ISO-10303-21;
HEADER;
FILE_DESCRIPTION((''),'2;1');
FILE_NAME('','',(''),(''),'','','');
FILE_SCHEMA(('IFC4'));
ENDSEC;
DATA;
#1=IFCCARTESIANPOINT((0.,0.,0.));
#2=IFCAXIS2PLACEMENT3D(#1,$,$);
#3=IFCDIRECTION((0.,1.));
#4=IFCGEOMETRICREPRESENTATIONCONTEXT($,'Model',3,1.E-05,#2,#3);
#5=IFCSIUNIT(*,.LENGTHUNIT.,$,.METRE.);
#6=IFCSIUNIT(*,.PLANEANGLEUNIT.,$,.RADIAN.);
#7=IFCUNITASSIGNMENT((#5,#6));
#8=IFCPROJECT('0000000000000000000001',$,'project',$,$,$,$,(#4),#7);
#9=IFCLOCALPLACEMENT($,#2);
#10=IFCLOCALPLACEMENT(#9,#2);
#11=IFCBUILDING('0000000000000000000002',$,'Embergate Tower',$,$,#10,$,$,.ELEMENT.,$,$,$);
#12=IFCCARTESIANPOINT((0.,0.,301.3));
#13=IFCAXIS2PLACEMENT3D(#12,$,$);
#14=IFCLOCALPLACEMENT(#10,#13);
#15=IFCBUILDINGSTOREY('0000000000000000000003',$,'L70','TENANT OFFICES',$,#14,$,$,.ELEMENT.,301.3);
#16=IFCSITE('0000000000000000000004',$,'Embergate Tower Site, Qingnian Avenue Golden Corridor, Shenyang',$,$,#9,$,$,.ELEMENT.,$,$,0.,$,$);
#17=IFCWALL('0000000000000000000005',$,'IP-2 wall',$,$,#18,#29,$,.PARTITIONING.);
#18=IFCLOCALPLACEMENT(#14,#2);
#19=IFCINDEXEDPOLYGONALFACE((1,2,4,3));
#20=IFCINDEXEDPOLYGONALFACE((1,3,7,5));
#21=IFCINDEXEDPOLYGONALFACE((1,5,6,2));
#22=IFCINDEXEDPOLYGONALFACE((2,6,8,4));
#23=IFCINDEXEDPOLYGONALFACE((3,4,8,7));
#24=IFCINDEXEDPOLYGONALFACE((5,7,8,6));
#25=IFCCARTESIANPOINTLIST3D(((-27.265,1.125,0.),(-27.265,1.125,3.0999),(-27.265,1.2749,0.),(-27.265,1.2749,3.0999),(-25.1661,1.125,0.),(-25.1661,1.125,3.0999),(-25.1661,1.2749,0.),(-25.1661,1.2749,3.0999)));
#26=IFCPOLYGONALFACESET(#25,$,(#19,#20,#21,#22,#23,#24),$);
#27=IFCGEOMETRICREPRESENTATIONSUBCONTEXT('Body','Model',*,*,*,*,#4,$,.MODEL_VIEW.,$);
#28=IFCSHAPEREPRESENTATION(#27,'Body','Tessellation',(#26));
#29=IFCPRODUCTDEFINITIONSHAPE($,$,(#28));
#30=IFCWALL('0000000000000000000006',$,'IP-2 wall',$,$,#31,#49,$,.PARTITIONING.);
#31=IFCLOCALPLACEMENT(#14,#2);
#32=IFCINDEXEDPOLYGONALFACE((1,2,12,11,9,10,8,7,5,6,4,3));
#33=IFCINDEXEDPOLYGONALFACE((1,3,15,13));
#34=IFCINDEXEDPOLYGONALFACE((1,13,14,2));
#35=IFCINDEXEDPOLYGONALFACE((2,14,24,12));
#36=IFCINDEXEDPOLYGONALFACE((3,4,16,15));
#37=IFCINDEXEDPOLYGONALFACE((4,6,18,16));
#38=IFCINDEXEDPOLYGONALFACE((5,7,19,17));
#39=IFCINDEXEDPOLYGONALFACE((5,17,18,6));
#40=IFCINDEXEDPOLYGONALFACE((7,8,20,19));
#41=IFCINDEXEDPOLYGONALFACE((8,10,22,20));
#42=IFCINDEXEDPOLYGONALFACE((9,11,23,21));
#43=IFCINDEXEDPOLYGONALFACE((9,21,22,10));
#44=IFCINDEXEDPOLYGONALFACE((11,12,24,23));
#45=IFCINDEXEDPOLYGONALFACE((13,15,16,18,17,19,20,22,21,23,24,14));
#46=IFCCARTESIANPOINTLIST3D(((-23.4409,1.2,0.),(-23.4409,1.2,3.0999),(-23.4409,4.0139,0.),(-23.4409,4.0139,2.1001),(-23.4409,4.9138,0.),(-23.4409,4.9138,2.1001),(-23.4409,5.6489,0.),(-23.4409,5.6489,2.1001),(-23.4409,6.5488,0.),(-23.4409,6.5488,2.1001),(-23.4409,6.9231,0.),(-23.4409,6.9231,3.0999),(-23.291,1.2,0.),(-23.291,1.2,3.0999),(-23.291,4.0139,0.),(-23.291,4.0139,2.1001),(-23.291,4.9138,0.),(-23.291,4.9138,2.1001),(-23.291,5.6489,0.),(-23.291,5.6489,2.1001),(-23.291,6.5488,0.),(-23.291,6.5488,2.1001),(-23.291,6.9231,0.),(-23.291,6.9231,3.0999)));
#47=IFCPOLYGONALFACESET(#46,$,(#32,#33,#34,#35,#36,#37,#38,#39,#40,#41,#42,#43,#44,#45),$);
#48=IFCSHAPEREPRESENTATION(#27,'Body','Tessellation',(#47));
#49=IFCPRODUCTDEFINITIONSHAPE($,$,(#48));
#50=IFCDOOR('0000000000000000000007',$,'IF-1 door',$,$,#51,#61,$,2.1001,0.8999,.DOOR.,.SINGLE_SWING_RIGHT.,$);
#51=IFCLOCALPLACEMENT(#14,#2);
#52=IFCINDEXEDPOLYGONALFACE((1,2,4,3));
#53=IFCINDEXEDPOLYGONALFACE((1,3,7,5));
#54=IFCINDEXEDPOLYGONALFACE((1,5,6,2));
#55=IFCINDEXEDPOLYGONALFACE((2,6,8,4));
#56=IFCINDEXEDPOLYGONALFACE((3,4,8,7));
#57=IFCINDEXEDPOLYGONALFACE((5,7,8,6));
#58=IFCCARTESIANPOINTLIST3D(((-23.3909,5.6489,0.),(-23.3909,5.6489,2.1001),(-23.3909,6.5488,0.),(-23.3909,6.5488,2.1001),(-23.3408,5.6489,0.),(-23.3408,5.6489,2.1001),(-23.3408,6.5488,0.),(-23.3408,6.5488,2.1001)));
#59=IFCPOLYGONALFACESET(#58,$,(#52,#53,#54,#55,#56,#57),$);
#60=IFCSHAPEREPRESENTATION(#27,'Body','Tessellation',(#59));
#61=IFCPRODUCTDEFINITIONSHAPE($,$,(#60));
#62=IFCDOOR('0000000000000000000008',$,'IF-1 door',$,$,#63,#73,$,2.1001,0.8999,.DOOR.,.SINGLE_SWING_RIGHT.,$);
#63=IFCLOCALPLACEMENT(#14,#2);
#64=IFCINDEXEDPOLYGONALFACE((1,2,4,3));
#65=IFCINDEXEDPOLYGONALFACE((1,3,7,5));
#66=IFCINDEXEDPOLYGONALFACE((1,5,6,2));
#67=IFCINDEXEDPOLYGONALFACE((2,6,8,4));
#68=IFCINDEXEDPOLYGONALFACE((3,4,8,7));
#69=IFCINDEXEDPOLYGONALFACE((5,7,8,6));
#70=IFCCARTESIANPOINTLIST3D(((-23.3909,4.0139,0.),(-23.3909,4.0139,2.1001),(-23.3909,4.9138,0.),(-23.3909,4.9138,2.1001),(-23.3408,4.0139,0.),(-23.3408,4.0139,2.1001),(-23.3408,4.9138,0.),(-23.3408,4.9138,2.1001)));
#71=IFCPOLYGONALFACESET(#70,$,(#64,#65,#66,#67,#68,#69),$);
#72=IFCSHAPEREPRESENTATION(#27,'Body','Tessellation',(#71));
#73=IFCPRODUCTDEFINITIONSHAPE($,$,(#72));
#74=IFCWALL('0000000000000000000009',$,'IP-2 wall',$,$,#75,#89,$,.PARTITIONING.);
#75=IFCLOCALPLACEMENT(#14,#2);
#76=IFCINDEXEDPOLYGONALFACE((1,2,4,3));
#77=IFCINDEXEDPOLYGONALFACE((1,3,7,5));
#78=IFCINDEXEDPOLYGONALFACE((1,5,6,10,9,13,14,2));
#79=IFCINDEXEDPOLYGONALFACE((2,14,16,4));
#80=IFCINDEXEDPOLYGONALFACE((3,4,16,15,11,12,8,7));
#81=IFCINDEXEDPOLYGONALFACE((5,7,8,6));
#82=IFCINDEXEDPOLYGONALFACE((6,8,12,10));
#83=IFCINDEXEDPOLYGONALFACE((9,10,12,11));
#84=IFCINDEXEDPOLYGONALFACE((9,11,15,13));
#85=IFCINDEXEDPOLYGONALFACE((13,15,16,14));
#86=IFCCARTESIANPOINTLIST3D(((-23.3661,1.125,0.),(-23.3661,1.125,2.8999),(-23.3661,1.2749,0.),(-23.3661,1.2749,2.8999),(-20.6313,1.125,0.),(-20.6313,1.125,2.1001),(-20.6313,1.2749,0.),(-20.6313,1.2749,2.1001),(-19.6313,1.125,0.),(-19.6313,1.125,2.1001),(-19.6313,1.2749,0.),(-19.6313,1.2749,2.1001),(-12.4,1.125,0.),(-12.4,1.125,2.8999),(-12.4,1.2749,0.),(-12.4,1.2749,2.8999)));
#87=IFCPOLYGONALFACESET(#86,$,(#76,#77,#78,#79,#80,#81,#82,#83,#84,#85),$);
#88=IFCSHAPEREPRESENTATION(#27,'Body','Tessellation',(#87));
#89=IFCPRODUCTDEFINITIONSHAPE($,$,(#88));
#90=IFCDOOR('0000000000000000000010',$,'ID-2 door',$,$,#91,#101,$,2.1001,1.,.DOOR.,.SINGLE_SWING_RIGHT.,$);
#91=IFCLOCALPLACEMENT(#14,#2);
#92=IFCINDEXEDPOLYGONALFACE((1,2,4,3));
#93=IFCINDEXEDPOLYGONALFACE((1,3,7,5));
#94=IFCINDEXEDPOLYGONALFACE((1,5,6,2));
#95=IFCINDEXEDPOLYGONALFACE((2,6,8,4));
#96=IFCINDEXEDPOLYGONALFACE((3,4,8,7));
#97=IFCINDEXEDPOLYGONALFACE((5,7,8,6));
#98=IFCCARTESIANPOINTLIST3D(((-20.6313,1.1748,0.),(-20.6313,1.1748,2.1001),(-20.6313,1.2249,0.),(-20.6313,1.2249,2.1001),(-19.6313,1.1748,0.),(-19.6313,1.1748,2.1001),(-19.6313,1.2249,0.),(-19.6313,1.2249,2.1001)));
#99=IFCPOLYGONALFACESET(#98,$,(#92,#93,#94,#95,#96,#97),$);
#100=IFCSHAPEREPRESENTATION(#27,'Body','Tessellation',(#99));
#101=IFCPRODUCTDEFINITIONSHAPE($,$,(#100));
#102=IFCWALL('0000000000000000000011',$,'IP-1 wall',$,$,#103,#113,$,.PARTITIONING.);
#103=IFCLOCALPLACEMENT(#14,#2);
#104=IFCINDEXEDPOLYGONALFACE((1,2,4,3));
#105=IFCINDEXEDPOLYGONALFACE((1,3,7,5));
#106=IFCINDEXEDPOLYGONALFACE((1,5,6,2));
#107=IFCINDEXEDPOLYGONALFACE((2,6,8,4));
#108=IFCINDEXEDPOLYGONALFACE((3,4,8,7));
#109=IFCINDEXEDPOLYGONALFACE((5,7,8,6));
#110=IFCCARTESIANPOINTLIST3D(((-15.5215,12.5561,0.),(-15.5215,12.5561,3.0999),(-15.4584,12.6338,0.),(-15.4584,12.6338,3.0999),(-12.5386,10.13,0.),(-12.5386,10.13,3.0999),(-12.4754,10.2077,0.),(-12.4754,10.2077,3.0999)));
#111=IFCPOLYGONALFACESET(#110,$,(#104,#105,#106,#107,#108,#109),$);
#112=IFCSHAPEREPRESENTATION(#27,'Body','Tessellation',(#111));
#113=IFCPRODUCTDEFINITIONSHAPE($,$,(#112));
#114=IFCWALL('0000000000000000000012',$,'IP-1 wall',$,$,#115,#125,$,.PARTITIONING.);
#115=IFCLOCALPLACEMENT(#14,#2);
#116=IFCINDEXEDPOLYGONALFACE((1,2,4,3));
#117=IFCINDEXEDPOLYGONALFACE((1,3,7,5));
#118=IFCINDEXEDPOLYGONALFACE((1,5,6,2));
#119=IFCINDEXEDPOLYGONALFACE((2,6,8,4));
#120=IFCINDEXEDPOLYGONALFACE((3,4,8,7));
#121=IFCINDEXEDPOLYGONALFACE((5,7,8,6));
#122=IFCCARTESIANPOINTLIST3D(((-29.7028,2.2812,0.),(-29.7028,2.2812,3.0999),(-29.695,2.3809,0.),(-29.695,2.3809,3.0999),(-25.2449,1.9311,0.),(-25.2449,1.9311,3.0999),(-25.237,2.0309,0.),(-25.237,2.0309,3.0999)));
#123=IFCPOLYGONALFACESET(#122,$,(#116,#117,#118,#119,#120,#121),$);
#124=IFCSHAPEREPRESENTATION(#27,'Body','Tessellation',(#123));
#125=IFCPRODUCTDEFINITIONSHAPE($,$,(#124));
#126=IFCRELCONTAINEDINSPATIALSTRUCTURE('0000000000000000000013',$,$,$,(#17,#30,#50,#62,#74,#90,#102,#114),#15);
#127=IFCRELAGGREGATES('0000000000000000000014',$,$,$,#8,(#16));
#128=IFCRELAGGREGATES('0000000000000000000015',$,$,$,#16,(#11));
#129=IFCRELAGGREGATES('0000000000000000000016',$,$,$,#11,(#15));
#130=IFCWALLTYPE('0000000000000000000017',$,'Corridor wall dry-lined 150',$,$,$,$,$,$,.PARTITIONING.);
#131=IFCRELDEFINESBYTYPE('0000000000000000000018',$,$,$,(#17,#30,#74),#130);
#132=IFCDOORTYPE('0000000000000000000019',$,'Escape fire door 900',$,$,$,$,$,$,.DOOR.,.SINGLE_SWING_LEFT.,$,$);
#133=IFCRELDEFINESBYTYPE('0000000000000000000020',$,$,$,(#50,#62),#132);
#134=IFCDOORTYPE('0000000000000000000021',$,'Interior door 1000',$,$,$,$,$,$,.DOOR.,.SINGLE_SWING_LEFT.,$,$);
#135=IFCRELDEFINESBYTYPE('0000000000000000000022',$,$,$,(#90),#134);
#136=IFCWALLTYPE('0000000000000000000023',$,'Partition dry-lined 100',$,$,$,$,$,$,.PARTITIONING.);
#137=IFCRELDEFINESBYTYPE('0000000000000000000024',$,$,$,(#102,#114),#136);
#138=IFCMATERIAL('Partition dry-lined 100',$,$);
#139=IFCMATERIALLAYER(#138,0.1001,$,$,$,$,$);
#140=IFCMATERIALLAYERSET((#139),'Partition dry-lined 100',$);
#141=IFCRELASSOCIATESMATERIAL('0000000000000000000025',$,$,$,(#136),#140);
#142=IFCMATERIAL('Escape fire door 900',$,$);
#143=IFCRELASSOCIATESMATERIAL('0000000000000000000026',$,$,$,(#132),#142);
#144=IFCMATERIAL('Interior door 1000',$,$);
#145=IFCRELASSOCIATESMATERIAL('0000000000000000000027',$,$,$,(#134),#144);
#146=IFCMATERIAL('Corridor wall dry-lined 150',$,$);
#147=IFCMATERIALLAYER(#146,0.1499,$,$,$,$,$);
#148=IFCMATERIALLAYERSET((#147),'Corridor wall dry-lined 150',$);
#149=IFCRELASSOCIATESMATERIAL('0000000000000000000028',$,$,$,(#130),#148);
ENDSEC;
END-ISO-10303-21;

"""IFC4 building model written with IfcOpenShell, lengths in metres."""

from ifc_helpers import new_model, si_unit, direction, frame, frame_2d, origin, place, context, subcontext, project, spatial, rectangle, extrude, source, transform, mapped, material, layer, layer_set, type_object, element, fill, save


model = new_model("IFC4")

# Units and contexts
model_context = context("Model", 3, precision=1e-05, world=origin(), true_north=direction((0.0, 1.0)))
body_context = subcontext(model_context, "Body", "Model", "MODEL_VIEW")
ifc_project = project(units=[si_unit("LENGTHUNIT", "METRE"), si_unit("PLANEANGLEUNIT", "RADIAN")], contexts=[model_context])

# Site, building, storey
site_placement = place(None, origin())
site = spatial("IfcSite", under=ifc_project, at=site_placement, Name="Embergate Tower Site, Qingnian Avenue Golden Corridor, Shenyang", CompositionType="ELEMENT", RefElevation=0.0)
building_placement = place(site_placement, origin())
building = spatial("IfcBuilding", under=site, at=building_placement, Name="Embergate Tower", CompositionType="ELEMENT")
storey_placement = place(building_placement, frame((0.0, 0.0, 301.3)))
storey = spatial("IfcBuildingStorey", under=building, at=storey_placement, Name="L70", Description="TENANT OFFICES", CompositionType="ELEMENT", Elevation=301.3)

# Shared definitions
ifc_material_1 = material(Name="Partition dry-lined 100")
ifc_layer_1 = layer(ifc_material_1, 0.1001)
ifc_layer_set_1 = layer_set([ifc_layer_1], Name="Partition dry-lined 100")
wall_type_1 = type_object("IfcWallType", Name="Partition dry-lined 100", PredefinedType="PARTITIONING", material=ifc_layer_set_1)

# Shared definitions
shared_shape_1 = source(origin(), body_context, "Body", "SweptSolid", [
    extrude(rectangle(XDim=1.0, YDim=2.1001, at=frame_2d((0.5, 1.05))), frame((0.0, 0.085, 0.0), z_axis=(0.0, -1.0, 0.0), x_axis=(1.0, 0.0, 0.0)), (0.0, 0.0, 1.0), 0.1699),
])
shared_shape_2 = source(origin(), body_context, "Body", "SweptSolid", [
    extrude(rectangle(XDim=0.8999, YDim=2.1001, at=frame_2d((0.45, 1.05))), frame((0.0, 0.085, 0.0), z_axis=(0.0, -1.0, 0.0), x_axis=(1.0, 0.0, 0.0)), (0.0, 0.0, 1.0), 0.1699),
])
ifc_material_2 = material(Name="Escape fire door 900")
door_type_1 = type_object("IfcDoorType", Name="Escape fire door 900", OperationType="SINGLE_SWING_LEFT", PredefinedType="DOOR", material=ifc_material_2)
shared_shape_3 = source(origin(), body_context, "Body", "SweptSolid", [
    extrude(rectangle(XDim=0.8999, YDim=2.1001, at=frame_2d((0.45, 1.05))), frame((0.0, 0.0249, 0.0), z_axis=(0.0, -1.0, 0.0), x_axis=(1.0, 0.0, 0.0)), (0.0, 0.0, 1.0), 0.05),
])
ifc_material_3 = material(Name="Interior door 1000")
door_type_2 = type_object("IfcDoorType", Name="Interior door 1000", OperationType="SINGLE_SWING_LEFT", PredefinedType="DOOR", material=ifc_material_3)
shared_shape_4 = source(origin(), body_context, "Body", "SweptSolid", [
    extrude(rectangle(XDim=1.0, YDim=2.1001, at=frame_2d((0.5, 1.05))), frame((0.0, 0.0249, 0.0), z_axis=(0.0, -1.0, 0.0), x_axis=(1.0, 0.0, 0.0)), (0.0, 0.0, 1.0), 0.05),
])

# Shared definitions
ifc_material_4 = material(Name="Corridor wall dry-lined 150")
ifc_layer_2 = layer(ifc_material_4, 0.1499)
ifc_layer_set_2 = layer_set([ifc_layer_2], Name="Corridor wall dry-lined 150")
wall_type_2 = type_object("IfcWallType", Name="Corridor wall dry-lined 150", PredefinedType="PARTITIONING", material=ifc_layer_set_2)

# Wall
shared_shape_5 = source(origin(), body_context, "Body", "SweptSolid", [
    extrude(rectangle(XDim=2.0989, YDim=0.1499, at=frame_2d((1.0493, 0.0))), origin(), (0.0, 0.0, 1.0), 3.0999),
])
wall_1_placement = place(storey_placement, frame((-27.2649, 1.2, 0.0), z_axis=(0.0, 0.0, 1.0), x_axis=(1.0, 0.0, 0.0)))
element("IfcWall", 1, at=wall_1_placement, inside=storey, type_object=wall_type_2, Name="IP-2 wall", PredefinedType="PARTITIONING", context=body_context, shape_type="MappedRepresentation", body=[
    mapped(shared_shape_5, transform((0.0, 0.0, 0.0))),
])

# Wall, openings, doors
shared_shape_6 = source(origin(), body_context, "Body", "SweptSolid", [
    extrude(rectangle(XDim=5.7231, YDim=0.1499, at=frame_2d((2.8616, 0.0))), origin(), (0.0, 0.0, 1.0), 3.0999),
])
wall_2_placement = place(storey_placement, frame((-23.366, 1.2, 0.0), z_axis=(0.0, 0.0, 1.0), x_axis=(0.0, 1.0, 0.0)))
wall_2 = element("IfcWall", 2, at=wall_2_placement, inside=storey, type_object=wall_type_2, Name="IP-2 wall", PredefinedType="PARTITIONING", context=body_context, shape_type="MappedRepresentation", body=[
    mapped(shared_shape_6, transform((0.0, 0.0, 0.0))),
])
opening_1_placement = place(wall_2_placement, frame((4.449, 0.0, 0.0)))
opening_1 = element("IfcOpeningElement", 3, at=opening_1_placement, cuts=wall_2, PredefinedType="OPENING", context=body_context, shape_type="MappedRepresentation", body=[
    mapped(shared_shape_2, transform((0.0, 0.0, 0.0))),
])
opening_2_placement = place(wall_2_placement, frame((2.814, 0.0, 0.0)))
opening_2 = element("IfcOpeningElement", 4, at=opening_2_placement, cuts=wall_2, PredefinedType="OPENING", context=body_context, shape_type="MappedRepresentation", body=[
    mapped(shared_shape_2, transform((0.0, 0.0, 0.0))),
])
door_1_placement = place(opening_1_placement, origin())
door_1 = element("IfcDoor", 5, at=door_1_placement, inside=storey, type_object=door_type_1, Name="IF-1 door", OperationType="SINGLE_SWING_RIGHT", OverallHeight=2.1001, OverallWidth=0.8999, PredefinedType="DOOR", context=body_context, shape_type="MappedRepresentation", body=[
    mapped(shared_shape_3, transform((0.0, 0.0, 0.0))),
])
fill(opening_1, door_1)
door_2_placement = place(opening_2_placement, origin())
door_2 = element("IfcDoor", 6, at=door_2_placement, inside=storey, type_object=door_type_1, Name="IF-1 door", OperationType="SINGLE_SWING_RIGHT", OverallHeight=2.1001, OverallWidth=0.8999, PredefinedType="DOOR", context=body_context, shape_type="MappedRepresentation", body=[
    mapped(shared_shape_3, transform((0.0, 0.0, 0.0))),
])
fill(opening_2, door_2)

# Wall, opening, door
shared_shape_7 = source(origin(), body_context, "Body", "SweptSolid", [
    extrude(rectangle(XDim=10.9661, YDim=0.1499, at=frame_2d((5.4829, 0.0))), origin(), (0.0, 0.0, 1.0), 2.8999),
])
wall_3_placement = place(storey_placement, frame((-23.366, 1.2, 0.0), z_axis=(0.0, 0.0, 1.0), x_axis=(1.0, 0.0, 0.0)))
wall_3 = element("IfcWall", 7, at=wall_3_placement, inside=storey, type_object=wall_type_2, Name="IP-2 wall", PredefinedType="PARTITIONING", context=body_context, shape_type="MappedRepresentation", body=[
    mapped(shared_shape_7, transform((0.0, 0.0, 0.0))),
])
opening_3_placement = place(wall_3_placement, frame((2.7346, 0.0, 0.0)))
opening_3 = element("IfcOpeningElement", 8, at=opening_3_placement, cuts=wall_3, PredefinedType="OPENING", context=body_context, shape_type="MappedRepresentation", body=[
    mapped(shared_shape_1, transform((0.0, 0.0, 0.0))),
])
door_3_placement = place(opening_3_placement, origin())
door_3 = element("IfcDoor", 9, at=door_3_placement, inside=storey, type_object=door_type_2, Name="ID-2 door", OperationType="SINGLE_SWING_RIGHT", OverallHeight=2.1001, OverallWidth=1.0, PredefinedType="DOOR", context=body_context, shape_type="MappedRepresentation", body=[
    mapped(shared_shape_4, transform((0.0, 0.0, 0.0))),
])
fill(opening_3, door_3)

# Walls
shared_shape_8 = source(origin(), body_context, "Body", "SweptSolid", [
    extrude(rectangle(XDim=3.845, YDim=0.1001, at=frame_2d((1.9224, 0.0))), origin(), (0.0, 0.0, 1.0), 3.0999),
])
wall_4_placement = place(storey_placement, frame((-12.5071, 10.1689, 0.0), z_axis=(0.0, 0.0, 1.0), x_axis=(-0.775807, 0.63097, 0.0)))
element("IfcWall", 10, at=wall_4_placement, inside=storey, type_object=wall_type_1, Name="IP-1 wall", PredefinedType="PARTITIONING", context=body_context, shape_type="MappedRepresentation", body=[
    mapped(shared_shape_8, transform((0.0, 0.0, 0.0))),
])
shared_shape_9 = source(origin(), body_context, "Body", "SweptSolid", [
    extrude(rectangle(XDim=4.4717, YDim=0.1001, at=frame_2d((2.2358, 0.0))), origin(), (0.0, 0.0, 1.0), 3.0999),
])
wall_5_placement = place(storey_placement, frame((-25.241, 1.981, 0.0), z_axis=(0.0, 0.0, 1.0), x_axis=(-0.996931, 0.078291, 0.0)))
element("IfcWall", 11, at=wall_5_placement, inside=storey, type_object=wall_type_1, Name="IP-1 wall", PredefinedType="PARTITIONING", context=body_context, shape_type="MappedRepresentation", body=[
    mapped(shared_shape_9, transform((0.0, 0.0, 0.0))),
])

save(model, "model.ifc")
